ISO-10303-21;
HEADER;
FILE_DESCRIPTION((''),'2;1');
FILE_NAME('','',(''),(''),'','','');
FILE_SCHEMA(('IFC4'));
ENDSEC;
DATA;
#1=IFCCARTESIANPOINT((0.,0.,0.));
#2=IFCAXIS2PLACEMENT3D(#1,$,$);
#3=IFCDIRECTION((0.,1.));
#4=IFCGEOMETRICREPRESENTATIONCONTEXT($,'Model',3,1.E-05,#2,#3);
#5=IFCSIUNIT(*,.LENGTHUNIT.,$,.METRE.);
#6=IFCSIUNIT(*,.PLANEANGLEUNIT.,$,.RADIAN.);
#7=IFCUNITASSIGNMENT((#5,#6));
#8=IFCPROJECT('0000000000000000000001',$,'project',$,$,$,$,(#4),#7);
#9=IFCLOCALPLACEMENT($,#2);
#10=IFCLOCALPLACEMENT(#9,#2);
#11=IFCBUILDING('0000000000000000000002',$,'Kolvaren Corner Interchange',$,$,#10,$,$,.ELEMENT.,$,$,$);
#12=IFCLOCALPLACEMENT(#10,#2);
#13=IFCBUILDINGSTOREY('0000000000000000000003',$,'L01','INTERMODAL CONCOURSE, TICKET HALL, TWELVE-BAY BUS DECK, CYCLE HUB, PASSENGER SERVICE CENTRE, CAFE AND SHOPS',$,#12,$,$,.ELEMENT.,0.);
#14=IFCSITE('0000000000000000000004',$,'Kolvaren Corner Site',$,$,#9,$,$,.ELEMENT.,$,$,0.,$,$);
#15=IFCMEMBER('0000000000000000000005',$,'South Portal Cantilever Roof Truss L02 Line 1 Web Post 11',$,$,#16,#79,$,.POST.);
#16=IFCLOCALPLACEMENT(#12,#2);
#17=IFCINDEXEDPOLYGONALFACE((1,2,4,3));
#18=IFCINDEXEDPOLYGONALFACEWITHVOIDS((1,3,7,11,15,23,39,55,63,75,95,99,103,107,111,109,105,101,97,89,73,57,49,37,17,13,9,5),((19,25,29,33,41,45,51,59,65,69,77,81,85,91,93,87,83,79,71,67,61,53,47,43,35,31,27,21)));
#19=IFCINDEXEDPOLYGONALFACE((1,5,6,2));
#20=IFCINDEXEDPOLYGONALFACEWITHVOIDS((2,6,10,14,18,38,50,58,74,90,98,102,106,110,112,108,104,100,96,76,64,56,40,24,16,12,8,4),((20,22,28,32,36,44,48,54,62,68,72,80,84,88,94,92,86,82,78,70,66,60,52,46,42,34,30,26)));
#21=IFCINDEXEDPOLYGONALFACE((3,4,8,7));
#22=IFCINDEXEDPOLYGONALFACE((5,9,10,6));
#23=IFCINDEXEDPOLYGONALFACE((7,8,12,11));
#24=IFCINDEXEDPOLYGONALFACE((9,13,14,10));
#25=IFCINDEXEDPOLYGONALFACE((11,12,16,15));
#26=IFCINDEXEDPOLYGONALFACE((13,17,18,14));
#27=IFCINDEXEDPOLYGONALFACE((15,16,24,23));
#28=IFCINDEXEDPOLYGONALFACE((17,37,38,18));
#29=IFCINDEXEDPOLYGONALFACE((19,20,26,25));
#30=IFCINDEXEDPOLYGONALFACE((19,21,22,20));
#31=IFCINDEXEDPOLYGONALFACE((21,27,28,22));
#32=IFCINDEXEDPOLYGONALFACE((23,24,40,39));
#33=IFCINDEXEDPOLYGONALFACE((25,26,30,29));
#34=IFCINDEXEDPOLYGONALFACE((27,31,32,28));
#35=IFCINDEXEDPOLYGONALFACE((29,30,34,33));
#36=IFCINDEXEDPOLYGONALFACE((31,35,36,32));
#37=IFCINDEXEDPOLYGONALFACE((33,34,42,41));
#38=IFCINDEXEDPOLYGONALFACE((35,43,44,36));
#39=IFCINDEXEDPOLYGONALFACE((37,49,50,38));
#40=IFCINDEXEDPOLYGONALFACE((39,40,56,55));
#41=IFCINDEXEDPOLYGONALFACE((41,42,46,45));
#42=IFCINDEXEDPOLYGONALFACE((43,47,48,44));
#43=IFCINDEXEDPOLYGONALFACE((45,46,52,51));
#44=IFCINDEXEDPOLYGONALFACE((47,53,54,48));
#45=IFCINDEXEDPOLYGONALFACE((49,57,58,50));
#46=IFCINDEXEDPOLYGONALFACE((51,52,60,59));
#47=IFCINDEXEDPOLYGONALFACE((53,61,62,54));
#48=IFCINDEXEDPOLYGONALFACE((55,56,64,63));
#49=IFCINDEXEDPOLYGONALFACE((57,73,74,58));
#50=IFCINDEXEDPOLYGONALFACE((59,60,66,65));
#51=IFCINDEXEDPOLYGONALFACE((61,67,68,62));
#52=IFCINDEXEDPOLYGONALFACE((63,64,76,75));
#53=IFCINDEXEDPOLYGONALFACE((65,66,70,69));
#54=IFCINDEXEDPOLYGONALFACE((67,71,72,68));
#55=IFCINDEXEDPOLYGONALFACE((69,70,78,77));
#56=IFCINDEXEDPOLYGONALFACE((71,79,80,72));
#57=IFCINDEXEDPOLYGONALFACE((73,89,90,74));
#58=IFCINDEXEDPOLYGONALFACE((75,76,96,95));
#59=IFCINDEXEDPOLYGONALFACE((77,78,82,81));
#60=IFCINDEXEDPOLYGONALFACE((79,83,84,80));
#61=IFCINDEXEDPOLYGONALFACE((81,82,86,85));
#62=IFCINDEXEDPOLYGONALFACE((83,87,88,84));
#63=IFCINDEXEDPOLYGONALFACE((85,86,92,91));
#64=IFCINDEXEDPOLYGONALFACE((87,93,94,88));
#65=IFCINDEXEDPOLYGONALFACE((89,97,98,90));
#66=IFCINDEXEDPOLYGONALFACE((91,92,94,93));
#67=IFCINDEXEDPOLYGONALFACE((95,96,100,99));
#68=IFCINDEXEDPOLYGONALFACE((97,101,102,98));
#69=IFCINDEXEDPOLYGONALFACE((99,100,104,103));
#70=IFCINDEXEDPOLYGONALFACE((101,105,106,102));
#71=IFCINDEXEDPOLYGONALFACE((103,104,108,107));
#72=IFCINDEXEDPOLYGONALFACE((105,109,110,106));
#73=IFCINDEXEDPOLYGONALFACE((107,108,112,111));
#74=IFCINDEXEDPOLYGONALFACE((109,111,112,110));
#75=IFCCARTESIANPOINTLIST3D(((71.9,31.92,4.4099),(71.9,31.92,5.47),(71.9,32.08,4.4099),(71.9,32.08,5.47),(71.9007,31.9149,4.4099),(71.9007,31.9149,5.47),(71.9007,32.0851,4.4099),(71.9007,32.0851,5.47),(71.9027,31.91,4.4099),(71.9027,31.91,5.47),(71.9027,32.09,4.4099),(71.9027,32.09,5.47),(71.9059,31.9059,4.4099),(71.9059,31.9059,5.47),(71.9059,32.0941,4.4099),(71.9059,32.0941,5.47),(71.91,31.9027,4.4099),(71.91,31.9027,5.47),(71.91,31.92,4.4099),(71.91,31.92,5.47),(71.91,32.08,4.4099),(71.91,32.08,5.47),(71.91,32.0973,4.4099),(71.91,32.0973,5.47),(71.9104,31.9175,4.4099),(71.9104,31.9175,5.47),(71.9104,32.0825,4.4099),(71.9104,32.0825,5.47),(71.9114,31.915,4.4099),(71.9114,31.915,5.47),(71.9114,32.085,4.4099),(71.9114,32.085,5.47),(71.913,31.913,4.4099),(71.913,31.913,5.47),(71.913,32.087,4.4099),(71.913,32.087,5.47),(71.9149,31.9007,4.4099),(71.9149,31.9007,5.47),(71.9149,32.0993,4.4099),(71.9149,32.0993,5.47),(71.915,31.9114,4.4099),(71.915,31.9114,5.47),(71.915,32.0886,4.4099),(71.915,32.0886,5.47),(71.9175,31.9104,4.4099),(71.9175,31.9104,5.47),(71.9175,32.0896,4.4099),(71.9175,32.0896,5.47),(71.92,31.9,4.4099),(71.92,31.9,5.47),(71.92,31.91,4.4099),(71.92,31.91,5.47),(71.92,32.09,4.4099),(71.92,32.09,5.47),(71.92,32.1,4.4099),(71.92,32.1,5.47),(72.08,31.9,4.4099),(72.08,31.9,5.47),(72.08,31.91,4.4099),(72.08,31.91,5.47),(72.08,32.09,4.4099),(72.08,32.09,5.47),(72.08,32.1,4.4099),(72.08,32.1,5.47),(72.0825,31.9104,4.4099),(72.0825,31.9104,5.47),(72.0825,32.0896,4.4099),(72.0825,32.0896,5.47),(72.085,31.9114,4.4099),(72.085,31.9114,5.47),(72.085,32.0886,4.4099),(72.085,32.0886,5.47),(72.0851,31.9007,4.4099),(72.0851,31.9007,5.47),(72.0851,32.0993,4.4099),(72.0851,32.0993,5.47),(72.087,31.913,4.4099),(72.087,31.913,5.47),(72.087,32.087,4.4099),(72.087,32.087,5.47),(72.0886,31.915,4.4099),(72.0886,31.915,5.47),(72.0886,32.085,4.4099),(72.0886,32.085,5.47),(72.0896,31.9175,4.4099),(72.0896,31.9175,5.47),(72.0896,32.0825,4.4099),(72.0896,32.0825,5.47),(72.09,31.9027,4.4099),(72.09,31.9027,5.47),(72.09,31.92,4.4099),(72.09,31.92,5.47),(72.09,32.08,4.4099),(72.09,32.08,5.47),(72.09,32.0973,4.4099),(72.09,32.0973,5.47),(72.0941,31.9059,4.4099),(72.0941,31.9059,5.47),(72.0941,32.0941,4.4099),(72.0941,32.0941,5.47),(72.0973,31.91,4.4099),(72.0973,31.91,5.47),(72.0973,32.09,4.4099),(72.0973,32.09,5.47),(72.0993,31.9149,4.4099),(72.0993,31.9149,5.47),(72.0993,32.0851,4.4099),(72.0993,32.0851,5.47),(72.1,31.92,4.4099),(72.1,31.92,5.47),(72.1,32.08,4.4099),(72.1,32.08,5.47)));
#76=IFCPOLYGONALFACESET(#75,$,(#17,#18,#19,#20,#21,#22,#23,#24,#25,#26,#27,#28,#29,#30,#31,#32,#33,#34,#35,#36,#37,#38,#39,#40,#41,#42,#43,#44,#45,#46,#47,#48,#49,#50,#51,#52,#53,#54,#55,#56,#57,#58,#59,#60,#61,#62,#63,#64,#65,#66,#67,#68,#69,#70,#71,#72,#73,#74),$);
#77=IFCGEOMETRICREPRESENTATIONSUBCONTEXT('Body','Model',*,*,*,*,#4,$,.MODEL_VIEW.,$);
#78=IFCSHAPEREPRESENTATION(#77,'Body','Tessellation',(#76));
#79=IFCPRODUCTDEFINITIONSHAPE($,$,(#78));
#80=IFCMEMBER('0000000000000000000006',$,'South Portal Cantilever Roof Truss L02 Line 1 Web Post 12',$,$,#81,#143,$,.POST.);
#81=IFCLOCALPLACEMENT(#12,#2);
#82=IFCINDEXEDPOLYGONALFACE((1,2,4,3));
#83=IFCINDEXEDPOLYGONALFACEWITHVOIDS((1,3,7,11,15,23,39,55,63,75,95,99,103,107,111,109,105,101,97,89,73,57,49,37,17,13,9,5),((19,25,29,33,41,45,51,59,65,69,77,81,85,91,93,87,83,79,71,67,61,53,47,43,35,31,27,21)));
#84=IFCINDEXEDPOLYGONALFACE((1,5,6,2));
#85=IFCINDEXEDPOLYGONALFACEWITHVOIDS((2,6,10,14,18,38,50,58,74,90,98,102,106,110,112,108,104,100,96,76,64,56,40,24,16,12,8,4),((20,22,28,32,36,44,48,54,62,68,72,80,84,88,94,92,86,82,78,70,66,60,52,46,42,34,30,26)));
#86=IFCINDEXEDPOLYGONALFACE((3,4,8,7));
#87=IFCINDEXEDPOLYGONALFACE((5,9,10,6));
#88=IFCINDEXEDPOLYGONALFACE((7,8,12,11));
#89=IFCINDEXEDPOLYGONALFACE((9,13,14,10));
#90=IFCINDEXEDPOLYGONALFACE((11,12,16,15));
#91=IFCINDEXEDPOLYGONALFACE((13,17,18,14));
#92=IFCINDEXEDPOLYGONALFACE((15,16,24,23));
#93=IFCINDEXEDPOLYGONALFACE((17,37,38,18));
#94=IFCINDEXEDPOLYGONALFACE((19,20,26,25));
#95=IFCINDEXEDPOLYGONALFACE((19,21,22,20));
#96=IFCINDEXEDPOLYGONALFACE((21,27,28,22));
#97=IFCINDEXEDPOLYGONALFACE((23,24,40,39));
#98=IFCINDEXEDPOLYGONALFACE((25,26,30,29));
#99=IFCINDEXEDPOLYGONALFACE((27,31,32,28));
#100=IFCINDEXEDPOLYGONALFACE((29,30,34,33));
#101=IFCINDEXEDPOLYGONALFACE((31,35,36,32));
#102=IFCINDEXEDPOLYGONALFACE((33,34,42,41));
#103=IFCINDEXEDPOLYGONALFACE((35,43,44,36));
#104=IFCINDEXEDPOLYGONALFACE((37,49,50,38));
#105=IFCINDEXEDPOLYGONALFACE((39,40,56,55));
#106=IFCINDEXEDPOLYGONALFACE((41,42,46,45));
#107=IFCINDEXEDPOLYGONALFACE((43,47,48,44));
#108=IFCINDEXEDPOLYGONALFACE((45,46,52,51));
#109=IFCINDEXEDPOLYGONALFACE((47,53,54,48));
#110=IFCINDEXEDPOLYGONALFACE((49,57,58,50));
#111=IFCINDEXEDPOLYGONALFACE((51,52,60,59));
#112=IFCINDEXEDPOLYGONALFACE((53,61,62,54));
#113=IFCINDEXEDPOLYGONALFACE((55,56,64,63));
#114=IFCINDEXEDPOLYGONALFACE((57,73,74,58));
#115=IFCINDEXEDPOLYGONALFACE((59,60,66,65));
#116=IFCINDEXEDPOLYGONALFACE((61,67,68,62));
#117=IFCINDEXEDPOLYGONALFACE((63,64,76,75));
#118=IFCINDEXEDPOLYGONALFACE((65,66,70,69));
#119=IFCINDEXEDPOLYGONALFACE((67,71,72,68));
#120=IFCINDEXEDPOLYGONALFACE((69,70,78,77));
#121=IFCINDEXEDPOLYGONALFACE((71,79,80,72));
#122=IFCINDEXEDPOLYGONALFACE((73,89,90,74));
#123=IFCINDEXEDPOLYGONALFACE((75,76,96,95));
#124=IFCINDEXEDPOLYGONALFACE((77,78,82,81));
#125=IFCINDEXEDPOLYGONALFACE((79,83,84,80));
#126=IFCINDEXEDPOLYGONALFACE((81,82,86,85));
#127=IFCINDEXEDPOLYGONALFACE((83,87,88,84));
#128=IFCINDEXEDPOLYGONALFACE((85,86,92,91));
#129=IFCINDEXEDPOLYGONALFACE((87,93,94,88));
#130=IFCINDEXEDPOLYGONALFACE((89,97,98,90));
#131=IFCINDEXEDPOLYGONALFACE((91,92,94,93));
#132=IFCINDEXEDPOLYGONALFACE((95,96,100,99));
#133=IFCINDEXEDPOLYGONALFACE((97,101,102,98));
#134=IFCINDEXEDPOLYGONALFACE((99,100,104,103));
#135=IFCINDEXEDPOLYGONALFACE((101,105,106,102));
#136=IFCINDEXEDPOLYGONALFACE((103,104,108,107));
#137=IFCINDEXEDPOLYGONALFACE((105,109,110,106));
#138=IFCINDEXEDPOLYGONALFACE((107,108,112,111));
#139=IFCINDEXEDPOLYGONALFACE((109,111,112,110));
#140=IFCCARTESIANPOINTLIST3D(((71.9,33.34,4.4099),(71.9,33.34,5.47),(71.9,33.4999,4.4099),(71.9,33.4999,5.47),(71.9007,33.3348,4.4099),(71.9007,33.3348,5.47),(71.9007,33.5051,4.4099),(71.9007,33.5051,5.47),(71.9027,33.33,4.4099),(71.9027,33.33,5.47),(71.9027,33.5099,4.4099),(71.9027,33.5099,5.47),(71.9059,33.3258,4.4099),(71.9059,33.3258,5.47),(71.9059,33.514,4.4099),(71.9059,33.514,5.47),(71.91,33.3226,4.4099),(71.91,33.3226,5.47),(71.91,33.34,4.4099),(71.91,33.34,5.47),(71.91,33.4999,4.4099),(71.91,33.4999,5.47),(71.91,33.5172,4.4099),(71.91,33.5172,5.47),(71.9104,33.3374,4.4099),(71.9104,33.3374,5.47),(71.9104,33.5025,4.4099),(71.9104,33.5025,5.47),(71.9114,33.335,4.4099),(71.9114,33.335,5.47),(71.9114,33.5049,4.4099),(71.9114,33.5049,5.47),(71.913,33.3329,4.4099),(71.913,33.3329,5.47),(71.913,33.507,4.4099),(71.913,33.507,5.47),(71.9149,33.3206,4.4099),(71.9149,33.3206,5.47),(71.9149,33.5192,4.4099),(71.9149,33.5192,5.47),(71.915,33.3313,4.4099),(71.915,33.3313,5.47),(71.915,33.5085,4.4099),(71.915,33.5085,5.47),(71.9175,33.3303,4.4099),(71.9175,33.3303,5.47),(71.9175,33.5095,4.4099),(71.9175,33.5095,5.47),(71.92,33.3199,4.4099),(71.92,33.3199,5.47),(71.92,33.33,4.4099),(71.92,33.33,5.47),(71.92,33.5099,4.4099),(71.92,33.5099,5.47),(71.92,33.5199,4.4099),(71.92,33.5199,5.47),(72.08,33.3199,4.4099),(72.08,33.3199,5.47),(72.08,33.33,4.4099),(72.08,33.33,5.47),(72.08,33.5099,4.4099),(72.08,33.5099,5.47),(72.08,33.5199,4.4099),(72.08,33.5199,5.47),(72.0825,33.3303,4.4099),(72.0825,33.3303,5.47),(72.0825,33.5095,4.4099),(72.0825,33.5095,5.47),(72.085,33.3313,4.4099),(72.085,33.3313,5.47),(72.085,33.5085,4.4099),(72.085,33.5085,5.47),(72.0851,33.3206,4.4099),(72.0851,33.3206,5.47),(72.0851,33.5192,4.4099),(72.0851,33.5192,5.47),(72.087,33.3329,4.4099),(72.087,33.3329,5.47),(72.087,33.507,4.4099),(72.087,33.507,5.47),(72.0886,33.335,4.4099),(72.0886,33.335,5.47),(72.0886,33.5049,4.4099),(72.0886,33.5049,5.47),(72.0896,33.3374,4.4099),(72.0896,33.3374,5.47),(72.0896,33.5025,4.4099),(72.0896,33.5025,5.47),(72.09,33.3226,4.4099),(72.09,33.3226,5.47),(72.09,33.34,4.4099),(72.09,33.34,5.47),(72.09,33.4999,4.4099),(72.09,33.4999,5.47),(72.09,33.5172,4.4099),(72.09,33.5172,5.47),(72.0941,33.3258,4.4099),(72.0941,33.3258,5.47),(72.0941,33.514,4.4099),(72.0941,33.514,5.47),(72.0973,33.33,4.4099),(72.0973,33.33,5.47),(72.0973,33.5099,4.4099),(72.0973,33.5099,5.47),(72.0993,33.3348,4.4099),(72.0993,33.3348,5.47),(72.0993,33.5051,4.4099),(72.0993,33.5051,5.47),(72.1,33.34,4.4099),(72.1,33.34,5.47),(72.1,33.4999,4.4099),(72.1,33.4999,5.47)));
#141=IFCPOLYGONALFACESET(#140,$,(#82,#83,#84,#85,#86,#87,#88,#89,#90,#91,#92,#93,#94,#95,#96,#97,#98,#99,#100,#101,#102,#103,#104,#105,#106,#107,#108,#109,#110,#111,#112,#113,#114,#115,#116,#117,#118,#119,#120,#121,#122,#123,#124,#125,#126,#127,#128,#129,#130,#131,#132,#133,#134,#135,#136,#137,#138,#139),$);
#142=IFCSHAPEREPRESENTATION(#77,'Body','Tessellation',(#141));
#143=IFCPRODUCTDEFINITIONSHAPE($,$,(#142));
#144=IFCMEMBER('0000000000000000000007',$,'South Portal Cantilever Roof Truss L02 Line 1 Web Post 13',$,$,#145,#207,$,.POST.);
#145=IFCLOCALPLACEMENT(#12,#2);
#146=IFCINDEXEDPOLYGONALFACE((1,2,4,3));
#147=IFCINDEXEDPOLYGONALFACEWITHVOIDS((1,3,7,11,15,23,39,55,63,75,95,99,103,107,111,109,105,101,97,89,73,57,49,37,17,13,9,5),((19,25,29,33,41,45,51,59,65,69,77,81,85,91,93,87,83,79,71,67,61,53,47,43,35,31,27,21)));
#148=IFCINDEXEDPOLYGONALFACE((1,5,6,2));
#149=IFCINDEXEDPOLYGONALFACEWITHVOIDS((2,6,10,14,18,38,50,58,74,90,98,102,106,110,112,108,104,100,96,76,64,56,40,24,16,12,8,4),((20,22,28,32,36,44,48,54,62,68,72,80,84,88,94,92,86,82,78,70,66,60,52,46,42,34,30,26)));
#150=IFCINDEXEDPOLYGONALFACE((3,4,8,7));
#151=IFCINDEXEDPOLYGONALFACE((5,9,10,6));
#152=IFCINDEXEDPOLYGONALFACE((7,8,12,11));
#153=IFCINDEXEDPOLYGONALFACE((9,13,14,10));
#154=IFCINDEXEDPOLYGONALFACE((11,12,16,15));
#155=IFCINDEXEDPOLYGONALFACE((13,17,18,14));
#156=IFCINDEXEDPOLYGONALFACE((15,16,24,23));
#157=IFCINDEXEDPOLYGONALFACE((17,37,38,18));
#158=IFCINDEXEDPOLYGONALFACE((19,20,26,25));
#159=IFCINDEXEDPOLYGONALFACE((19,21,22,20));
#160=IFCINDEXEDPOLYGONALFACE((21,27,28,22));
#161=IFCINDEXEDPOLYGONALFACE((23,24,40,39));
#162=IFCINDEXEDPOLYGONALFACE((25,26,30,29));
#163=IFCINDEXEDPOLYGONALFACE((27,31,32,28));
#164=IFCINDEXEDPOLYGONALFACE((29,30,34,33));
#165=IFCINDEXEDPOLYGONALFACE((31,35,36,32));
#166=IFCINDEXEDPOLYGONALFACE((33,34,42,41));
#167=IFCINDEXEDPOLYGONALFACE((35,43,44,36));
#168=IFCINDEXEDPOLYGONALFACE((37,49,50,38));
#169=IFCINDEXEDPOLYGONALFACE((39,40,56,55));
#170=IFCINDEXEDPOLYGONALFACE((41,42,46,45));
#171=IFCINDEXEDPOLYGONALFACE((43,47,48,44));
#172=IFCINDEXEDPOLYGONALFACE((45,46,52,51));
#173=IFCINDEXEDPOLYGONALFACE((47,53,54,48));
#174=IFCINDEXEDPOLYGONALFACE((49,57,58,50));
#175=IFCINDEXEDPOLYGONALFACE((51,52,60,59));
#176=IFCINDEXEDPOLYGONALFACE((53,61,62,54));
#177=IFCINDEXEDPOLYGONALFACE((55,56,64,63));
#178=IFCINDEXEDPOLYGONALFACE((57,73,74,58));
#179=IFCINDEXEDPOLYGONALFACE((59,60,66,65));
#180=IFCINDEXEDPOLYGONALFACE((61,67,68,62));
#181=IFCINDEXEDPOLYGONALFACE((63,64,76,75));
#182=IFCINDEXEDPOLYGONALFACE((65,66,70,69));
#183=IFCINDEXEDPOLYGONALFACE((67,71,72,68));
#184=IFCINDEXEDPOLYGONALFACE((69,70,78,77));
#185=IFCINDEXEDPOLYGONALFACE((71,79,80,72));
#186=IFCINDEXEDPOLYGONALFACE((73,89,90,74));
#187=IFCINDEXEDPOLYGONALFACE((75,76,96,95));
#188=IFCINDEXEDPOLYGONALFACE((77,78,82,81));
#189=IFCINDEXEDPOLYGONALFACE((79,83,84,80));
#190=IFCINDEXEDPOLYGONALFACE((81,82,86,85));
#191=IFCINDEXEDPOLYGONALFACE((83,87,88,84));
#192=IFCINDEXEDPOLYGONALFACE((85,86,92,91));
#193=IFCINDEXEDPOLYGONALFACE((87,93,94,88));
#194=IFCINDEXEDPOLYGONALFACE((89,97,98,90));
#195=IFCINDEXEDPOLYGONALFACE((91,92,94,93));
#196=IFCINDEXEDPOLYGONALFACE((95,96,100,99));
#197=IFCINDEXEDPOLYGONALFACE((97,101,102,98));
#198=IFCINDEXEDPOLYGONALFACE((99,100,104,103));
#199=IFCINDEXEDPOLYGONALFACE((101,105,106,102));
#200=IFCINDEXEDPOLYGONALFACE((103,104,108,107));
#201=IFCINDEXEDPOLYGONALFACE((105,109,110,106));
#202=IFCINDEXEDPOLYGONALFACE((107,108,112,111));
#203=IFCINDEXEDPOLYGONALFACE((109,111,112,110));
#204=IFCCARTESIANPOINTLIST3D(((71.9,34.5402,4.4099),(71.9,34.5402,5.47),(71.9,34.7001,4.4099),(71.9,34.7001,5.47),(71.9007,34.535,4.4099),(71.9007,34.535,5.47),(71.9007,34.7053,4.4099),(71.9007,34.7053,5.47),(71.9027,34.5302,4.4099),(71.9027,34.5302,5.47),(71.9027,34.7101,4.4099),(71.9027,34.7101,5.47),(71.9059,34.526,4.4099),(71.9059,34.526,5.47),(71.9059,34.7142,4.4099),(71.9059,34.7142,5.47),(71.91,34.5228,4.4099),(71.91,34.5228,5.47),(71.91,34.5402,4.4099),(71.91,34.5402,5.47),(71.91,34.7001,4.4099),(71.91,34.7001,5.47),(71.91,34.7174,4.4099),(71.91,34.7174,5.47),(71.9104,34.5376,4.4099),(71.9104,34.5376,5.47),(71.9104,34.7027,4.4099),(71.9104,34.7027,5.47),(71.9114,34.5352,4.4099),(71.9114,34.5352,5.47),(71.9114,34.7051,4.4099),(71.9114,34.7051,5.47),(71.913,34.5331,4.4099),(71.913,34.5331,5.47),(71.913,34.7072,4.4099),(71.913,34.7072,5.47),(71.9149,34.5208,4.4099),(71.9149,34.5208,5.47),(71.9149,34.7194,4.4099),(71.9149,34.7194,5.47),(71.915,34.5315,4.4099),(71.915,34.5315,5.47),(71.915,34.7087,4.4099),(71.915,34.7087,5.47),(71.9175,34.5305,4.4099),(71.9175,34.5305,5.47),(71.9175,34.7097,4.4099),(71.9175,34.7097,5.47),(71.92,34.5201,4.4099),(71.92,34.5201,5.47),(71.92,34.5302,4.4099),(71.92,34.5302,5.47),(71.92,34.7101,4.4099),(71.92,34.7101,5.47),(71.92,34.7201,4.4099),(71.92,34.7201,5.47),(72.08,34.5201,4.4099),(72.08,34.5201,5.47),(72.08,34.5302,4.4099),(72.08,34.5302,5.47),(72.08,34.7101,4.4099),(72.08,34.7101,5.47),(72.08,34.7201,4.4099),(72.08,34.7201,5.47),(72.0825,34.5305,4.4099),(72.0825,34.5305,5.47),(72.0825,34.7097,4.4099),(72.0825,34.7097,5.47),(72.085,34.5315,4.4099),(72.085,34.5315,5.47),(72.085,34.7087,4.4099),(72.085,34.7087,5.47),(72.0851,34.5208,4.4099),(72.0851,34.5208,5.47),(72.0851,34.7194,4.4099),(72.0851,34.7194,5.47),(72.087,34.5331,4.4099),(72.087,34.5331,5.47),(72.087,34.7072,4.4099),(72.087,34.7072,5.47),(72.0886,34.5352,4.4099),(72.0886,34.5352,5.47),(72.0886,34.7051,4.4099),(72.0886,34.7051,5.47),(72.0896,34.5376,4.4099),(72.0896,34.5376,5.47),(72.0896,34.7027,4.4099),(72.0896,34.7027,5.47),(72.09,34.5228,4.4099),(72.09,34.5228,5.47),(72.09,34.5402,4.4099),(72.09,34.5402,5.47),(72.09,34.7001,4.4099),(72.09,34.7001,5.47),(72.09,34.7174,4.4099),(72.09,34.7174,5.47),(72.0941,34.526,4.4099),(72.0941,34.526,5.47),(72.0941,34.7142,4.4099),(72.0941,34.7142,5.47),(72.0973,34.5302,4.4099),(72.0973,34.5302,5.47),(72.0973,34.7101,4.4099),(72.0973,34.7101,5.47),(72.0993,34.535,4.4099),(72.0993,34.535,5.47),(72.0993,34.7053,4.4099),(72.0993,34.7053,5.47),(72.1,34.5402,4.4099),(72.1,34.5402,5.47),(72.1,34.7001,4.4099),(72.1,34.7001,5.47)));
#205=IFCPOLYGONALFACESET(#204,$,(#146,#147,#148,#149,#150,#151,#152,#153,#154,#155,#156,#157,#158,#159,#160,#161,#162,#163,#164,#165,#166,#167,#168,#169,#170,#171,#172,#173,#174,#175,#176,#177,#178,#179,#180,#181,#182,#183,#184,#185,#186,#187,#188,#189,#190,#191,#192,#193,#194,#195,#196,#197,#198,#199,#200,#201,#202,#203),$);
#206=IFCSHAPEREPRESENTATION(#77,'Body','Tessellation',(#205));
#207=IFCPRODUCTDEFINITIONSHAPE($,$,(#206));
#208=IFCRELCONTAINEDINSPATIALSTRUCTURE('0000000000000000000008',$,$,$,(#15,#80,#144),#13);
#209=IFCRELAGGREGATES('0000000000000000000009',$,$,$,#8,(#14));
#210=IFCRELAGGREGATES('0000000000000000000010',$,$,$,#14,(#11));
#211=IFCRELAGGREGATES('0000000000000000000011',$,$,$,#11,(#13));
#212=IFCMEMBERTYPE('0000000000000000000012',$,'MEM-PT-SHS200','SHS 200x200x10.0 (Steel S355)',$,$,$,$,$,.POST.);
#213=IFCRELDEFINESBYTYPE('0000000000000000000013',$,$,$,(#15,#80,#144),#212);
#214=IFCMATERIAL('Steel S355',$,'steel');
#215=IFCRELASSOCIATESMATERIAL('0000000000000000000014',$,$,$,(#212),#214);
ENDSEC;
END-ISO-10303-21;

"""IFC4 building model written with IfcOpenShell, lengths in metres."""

from ifc_helpers import new_model, si_unit, direction, frame, origin, origin_2d, place, context, subcontext, project, spatial, hollow_rectangle, extrude, material, material_profile, profile_set, type_object, element, save


model = new_model("IFC4")

# Units and contexts
model_context = context("Model", 3, precision=1e-05, world=origin(), true_north=direction((0.0, 1.0)))
body_context = subcontext(model_context, "Body", "Model", "MODEL_VIEW")
ifc_project = project(units=[si_unit("LENGTHUNIT", "METRE"), si_unit("PLANEANGLEUNIT", "RADIAN")], contexts=[model_context])

# Site, building, storey
site_placement = place(None, origin())
site = spatial("IfcSite", under=ifc_project, at=site_placement, Name="Kolvaren Corner Site", CompositionType="ELEMENT", RefElevation=0.0)
building_placement = place(site_placement, origin())
building = spatial("IfcBuilding", under=site, at=building_placement, Name="Kolvaren Corner Interchange", CompositionType="ELEMENT")
storey_placement = place(building_placement, origin())
storey = spatial("IfcBuildingStorey", under=building, at=storey_placement, Name="L01", Description="INTERMODAL CONCOURSE, TICKET HALL, TWELVE-BAY BUS DECK, CYCLE HUB, PASSENGER SERVICE CENTRE, CAFE AND SHOPS", CompositionType="ELEMENT", Elevation=0.0)

# Members
ifc_material_1 = material(Name="Steel S355", Category="steel")
ifc_material_profile_1 = material_profile(ifc_material_1, hollow_rectangle(XDim=0.2, YDim=0.2, WallThickness=0.01, InnerFilletRadius=0.01, OuterFilletRadius=0.02, at=origin_2d()), Name="SHS 200x200x10.0")
ifc_profile_set_1 = profile_set([ifc_material_profile_1], Name="Steel S355")
member_type_1 = type_object("IfcMemberType", Name="MEM-PT-SHS200", Description="SHS 200x200x10.0 (Steel S355)", PredefinedType="POST", material=ifc_profile_set_1)
for number, where, z_axis, x_axis, name in (
    (1, (72.0, 32.0, 4.4099), (0.0, 0.0, 1.0), (1.0, 0.0, 0.0), "South Portal Cantilever Roof Truss L02 Line 1 Web Post 11"),
    (2, (72.0, 33.4199, 4.4099), (0.0, 0.0, 1.0), (1.0, 0.0, 0.0), "South Portal Cantilever Roof Truss L02 Line 1 Web Post 12"),
    (3, (72.0, 34.6201, 4.4099), (0.0, 0.0, 1.0), (1.0, 0.0, 0.0), "South Portal Cantilever Roof Truss L02 Line 1 Web Post 13"),
):
    element("IfcMember", number, at=place(storey_placement, frame(where, z_axis=z_axis, x_axis=x_axis)), inside=storey, type_object=member_type_1, Name=name, PredefinedType="POST", context=body_context, shape_type="SweptSolid", body=[
        extrude(hollow_rectangle(XDim=0.2, YDim=0.2, WallThickness=0.01, InnerFilletRadius=0.01, OuterFilletRadius=0.02, at=origin_2d()), origin(), (0.0, 0.0, 1.0), 1.0601),
    ])

save(model, "model.ifc")
